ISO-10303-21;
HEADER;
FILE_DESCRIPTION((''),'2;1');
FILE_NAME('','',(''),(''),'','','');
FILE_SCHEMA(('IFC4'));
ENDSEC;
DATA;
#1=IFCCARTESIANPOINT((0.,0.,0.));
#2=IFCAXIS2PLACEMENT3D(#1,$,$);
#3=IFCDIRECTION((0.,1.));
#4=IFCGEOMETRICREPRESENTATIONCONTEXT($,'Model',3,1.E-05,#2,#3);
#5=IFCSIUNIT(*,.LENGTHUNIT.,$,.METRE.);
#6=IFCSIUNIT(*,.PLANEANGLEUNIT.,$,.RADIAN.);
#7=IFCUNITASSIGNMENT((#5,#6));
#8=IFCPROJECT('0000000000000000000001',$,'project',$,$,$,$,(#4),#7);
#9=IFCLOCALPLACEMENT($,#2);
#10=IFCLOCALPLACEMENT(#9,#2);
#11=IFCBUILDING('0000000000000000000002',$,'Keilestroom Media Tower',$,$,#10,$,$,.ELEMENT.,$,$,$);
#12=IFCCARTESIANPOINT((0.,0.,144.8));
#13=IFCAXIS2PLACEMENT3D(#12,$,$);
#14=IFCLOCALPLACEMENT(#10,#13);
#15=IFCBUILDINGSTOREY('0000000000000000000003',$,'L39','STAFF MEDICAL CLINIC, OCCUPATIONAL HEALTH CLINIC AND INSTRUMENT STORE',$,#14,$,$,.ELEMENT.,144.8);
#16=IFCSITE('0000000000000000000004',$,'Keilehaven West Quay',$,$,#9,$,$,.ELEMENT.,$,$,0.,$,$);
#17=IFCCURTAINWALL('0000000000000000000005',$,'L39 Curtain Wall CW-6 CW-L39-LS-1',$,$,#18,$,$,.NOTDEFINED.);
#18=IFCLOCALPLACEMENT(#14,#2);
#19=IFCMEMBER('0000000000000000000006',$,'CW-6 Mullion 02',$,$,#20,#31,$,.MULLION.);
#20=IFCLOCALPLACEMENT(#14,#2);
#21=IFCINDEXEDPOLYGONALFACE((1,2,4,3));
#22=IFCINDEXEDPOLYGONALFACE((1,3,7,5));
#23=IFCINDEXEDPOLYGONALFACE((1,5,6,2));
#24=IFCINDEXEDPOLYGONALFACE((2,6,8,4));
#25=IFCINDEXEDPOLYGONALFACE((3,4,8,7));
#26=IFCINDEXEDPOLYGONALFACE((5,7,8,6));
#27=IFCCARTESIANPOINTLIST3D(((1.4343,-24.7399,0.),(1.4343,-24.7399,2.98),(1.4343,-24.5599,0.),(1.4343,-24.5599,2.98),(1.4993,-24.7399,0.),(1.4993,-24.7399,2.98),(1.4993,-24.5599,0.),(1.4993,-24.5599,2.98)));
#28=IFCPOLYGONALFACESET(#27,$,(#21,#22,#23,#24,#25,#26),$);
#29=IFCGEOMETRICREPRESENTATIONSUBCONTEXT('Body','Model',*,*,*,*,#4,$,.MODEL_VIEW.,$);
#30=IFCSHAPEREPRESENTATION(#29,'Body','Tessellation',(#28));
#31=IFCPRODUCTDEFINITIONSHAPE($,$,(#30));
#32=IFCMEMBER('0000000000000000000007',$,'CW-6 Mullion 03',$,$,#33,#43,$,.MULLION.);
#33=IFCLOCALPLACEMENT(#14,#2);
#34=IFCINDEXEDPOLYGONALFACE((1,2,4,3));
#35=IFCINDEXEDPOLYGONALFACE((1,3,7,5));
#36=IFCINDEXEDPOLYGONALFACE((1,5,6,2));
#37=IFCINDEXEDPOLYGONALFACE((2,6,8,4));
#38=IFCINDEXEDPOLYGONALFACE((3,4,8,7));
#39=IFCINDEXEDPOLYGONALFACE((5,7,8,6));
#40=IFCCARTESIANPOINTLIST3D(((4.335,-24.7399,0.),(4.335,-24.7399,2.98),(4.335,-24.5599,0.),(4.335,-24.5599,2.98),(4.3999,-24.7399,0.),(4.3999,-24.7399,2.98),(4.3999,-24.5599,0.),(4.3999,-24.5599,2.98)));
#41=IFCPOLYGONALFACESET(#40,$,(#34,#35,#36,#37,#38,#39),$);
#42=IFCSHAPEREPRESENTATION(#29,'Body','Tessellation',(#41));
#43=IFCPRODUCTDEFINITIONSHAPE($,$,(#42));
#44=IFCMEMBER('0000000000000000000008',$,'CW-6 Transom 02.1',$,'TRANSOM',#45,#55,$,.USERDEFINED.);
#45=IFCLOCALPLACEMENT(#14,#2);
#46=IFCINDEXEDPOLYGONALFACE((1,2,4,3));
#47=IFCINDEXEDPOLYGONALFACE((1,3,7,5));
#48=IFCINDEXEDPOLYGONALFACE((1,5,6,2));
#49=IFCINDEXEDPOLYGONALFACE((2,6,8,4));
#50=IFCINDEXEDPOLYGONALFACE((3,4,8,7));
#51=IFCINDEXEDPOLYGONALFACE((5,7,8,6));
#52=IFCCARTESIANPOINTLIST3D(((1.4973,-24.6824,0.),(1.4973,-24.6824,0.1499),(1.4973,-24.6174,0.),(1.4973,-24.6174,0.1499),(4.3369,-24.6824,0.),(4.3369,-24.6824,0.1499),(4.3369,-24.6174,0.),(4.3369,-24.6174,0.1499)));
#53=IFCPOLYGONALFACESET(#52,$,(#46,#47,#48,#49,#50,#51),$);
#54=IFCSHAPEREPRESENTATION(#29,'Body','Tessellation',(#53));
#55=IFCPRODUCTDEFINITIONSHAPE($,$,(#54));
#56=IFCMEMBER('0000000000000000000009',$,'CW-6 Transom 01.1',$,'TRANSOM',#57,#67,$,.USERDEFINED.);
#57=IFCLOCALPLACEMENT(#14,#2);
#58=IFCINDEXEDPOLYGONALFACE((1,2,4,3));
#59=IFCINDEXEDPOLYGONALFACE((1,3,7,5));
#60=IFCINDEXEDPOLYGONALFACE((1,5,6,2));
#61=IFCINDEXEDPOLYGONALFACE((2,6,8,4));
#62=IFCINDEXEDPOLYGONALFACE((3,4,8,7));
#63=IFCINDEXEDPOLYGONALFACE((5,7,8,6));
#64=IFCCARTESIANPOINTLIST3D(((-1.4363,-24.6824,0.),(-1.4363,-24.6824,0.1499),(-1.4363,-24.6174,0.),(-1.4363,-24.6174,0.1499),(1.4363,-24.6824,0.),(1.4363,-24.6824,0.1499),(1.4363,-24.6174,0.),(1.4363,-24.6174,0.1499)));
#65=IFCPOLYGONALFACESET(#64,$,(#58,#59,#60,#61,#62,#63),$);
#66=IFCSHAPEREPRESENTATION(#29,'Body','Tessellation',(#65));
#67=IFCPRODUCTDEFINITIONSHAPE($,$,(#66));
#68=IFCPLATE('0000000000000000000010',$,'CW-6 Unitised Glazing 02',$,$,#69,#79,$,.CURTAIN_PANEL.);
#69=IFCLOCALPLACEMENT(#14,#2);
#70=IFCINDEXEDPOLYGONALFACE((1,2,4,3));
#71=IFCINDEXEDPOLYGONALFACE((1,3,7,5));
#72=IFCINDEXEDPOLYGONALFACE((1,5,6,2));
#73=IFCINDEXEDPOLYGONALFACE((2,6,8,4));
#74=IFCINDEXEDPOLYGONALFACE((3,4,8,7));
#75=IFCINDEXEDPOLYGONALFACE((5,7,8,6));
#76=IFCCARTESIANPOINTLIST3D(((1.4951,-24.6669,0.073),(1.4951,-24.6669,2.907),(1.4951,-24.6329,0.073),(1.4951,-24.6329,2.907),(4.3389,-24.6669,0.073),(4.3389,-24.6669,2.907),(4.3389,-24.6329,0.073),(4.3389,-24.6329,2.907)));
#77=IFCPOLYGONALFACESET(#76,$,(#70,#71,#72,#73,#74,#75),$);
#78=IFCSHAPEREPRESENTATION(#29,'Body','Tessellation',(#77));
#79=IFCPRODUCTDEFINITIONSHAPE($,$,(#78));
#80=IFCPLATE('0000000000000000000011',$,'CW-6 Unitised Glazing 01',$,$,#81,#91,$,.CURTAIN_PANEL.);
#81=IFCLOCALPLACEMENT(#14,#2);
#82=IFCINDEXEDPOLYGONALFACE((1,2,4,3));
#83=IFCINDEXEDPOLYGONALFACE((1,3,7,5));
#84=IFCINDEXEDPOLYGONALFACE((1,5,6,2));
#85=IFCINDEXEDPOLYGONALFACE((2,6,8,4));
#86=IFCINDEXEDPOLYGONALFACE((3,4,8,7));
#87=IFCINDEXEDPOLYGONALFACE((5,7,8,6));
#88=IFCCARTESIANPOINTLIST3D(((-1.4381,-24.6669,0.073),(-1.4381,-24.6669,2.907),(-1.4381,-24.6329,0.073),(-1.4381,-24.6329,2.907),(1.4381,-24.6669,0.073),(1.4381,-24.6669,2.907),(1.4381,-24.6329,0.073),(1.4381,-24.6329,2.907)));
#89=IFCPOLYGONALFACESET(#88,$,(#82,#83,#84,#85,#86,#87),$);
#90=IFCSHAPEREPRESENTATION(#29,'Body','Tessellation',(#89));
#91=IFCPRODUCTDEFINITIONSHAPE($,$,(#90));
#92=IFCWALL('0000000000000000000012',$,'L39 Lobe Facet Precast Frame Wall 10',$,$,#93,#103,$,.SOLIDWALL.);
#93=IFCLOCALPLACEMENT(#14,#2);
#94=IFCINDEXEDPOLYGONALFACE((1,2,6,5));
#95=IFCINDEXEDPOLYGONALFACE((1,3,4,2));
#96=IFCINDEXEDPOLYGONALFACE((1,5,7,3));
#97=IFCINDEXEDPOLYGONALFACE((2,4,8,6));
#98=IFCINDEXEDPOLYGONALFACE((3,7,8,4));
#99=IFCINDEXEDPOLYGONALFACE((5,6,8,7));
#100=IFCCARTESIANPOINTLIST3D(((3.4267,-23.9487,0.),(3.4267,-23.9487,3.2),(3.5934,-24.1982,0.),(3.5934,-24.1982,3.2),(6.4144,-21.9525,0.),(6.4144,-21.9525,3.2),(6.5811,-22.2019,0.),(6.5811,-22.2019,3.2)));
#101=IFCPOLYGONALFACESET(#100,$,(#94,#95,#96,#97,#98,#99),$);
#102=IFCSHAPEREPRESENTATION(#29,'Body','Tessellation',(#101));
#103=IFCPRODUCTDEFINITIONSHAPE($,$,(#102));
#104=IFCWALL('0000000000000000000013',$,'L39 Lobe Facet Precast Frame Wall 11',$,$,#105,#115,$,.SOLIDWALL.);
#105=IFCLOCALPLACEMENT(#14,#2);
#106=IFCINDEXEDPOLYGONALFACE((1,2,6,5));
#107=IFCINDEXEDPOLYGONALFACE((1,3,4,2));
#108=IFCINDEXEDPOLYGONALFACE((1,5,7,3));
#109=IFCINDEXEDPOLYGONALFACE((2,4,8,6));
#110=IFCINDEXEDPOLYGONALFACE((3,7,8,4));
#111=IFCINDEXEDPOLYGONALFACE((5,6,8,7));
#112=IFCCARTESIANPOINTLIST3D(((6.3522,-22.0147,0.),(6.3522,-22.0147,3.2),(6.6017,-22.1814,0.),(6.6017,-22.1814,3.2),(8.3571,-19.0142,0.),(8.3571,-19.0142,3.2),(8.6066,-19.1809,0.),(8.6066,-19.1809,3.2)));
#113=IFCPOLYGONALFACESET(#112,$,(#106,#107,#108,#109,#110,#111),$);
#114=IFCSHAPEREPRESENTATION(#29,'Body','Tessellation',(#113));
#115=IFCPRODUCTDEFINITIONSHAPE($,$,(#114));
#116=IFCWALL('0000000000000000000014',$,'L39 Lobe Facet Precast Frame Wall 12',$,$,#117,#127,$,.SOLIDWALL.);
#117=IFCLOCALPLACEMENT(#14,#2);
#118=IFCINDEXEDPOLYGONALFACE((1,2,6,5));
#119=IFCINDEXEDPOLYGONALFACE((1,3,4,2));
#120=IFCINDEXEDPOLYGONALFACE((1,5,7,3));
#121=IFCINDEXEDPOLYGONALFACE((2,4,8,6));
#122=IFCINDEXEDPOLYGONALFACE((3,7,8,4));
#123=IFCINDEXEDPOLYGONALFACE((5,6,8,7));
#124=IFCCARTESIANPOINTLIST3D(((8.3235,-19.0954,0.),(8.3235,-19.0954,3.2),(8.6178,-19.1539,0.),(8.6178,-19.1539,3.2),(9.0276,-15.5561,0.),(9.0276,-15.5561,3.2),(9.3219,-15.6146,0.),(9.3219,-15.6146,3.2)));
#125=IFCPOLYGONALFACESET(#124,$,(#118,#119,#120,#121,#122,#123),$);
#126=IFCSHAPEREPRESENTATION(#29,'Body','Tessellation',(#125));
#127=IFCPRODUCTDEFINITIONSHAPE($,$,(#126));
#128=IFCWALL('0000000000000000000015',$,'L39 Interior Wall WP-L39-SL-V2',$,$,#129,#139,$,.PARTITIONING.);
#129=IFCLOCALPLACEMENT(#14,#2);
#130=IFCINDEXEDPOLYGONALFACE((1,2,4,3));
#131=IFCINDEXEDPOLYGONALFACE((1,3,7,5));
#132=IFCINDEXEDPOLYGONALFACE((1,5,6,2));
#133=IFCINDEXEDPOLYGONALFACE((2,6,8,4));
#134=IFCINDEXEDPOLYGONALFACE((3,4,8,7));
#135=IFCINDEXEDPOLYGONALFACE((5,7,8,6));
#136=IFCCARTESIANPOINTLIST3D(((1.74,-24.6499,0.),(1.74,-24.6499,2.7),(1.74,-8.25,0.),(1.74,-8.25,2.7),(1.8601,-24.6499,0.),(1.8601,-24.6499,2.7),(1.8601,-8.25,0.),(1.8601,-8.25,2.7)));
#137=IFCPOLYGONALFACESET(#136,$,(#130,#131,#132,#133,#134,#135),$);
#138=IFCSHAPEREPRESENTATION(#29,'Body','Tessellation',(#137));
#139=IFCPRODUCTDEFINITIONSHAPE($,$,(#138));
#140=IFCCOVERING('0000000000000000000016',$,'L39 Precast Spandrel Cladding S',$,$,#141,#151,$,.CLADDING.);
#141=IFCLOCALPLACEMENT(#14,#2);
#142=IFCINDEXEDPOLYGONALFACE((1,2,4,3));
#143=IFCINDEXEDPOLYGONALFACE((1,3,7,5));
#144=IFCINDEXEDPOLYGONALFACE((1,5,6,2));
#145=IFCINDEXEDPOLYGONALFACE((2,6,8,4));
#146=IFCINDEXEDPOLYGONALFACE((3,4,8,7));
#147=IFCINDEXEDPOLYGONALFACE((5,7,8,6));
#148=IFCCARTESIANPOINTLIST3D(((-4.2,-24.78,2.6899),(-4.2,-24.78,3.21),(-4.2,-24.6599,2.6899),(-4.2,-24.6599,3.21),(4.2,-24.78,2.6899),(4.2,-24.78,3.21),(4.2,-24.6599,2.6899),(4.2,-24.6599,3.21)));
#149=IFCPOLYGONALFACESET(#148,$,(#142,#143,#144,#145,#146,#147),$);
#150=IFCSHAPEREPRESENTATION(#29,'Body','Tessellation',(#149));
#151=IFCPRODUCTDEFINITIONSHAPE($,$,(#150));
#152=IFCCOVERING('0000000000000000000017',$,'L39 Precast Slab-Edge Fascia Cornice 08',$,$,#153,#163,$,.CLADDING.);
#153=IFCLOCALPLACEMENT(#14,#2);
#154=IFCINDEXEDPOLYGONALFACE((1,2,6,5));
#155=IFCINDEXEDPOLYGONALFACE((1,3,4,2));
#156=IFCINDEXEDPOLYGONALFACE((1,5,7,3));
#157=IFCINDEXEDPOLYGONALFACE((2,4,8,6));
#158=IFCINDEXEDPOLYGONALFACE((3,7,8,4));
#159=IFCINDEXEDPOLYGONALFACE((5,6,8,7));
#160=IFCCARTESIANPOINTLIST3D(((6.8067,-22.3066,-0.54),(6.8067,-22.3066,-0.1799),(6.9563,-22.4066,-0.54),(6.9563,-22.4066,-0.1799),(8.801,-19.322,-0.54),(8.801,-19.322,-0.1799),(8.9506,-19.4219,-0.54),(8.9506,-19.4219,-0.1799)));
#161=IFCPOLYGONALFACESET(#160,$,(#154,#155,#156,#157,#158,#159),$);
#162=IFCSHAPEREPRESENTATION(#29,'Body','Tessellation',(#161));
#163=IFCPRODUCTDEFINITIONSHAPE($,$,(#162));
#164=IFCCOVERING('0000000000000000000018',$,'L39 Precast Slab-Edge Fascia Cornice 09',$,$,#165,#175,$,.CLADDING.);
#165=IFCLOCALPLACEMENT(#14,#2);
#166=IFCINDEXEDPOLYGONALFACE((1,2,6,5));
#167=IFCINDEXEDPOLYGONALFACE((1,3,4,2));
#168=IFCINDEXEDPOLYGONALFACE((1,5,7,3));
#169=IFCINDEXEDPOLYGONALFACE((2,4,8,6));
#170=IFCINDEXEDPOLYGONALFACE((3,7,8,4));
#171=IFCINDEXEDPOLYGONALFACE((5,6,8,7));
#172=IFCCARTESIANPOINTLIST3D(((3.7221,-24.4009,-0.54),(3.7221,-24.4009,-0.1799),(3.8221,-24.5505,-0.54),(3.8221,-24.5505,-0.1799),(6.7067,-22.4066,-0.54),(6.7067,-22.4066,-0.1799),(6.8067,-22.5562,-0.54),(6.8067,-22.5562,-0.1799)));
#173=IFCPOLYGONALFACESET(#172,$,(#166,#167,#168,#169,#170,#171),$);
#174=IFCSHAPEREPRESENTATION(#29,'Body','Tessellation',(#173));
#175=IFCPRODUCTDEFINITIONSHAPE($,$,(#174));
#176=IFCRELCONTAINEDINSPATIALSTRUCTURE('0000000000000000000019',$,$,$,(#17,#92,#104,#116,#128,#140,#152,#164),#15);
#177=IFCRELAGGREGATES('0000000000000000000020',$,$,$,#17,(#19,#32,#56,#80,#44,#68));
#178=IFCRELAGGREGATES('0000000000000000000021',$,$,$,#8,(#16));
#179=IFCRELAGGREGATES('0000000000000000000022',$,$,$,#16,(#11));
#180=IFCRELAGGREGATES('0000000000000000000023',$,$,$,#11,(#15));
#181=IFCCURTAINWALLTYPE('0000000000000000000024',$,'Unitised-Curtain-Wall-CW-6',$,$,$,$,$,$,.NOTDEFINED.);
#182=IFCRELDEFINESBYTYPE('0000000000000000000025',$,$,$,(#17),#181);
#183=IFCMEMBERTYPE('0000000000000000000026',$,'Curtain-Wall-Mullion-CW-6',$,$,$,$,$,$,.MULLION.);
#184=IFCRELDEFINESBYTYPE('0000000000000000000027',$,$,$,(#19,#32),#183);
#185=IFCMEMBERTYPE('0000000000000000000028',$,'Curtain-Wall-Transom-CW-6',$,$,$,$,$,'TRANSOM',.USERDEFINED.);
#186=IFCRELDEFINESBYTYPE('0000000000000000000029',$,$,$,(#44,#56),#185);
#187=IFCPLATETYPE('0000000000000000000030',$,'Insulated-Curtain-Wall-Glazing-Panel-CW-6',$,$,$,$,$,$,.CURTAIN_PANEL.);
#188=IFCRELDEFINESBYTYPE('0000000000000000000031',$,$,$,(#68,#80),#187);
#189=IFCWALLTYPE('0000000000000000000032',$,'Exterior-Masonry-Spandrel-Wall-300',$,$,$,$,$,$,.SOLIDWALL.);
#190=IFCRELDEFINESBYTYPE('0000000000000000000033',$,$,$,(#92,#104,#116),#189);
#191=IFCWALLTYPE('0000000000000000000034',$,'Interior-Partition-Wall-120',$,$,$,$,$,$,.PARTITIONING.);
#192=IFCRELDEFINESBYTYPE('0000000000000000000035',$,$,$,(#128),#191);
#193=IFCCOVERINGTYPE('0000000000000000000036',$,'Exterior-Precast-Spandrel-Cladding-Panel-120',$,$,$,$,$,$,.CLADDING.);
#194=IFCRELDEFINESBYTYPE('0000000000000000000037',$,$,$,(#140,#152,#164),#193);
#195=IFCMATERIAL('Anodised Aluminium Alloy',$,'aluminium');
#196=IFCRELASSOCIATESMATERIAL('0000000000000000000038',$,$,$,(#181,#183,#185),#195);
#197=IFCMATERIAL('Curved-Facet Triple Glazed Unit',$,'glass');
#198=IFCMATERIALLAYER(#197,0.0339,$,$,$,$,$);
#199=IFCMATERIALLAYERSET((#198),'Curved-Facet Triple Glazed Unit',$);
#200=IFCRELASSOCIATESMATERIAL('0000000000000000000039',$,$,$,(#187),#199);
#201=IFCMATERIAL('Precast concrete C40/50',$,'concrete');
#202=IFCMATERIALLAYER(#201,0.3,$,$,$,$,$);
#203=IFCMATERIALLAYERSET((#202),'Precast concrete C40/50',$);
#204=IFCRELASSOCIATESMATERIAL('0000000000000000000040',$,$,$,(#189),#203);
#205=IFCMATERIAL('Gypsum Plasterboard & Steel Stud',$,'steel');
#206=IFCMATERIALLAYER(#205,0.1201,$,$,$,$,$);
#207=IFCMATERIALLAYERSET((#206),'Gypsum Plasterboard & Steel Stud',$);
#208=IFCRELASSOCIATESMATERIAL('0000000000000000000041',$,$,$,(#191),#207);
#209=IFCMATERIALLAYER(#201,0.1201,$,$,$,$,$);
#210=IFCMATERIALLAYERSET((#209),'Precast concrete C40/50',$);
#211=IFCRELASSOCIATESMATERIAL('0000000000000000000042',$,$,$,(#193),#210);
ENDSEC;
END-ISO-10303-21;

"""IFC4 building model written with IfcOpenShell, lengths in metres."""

from ifc_helpers import new_model, si_unit, direction, frame, frame_2d, origin, origin_2d, place, context, subcontext, project, spatial, rectangle, extrude, source, transform, mapped, material, layer, layer_set, material_profile, profile_set, type_object, element, aggregate, save


model = new_model("IFC4")

# Units and contexts
model_context = context("Model", 3, precision=1e-05, world=origin(), true_north=direction((0.0, 1.0)))
body_context = subcontext(model_context, "Body", "Model", "MODEL_VIEW")
ifc_project = project(units=[si_unit("LENGTHUNIT", "METRE"), si_unit("PLANEANGLEUNIT", "RADIAN")], contexts=[model_context])

# Site, building, storey
site_placement = place(None, origin())
site = spatial("IfcSite", under=ifc_project, at=site_placement, Name="Keilehaven West Quay", CompositionType="ELEMENT", RefElevation=0.0)
building_placement = place(site_placement, origin())
building = spatial("IfcBuilding", under=site, at=building_placement, Name="Keilestroom Media Tower", CompositionType="ELEMENT")
storey_placement = place(building_placement, frame((0.0, 0.0, 144.8)))
storey = spatial("IfcBuildingStorey", under=building, at=storey_placement, Name="L39", Description="STAFF MEDICAL CLINIC, OCCUPATIONAL HEALTH CLINIC AND INSTRUMENT STORE", CompositionType="ELEMENT", Elevation=144.8)

# Curtain wall, members, plates
ifc_material_1 = material(Name="Anodised Aluminium Alloy", Category="aluminium")
curtain_wall_type = type_object("IfcCurtainWallType", Name="Unitised-Curtain-Wall-CW-6", PredefinedType="NOTDEFINED", material=ifc_material_1)
curtain_wall_placement = place(storey_placement, origin())
curtain_wall = element("IfcCurtainWall", 1, at=curtain_wall_placement, inside=storey, type_object=curtain_wall_type, Name="L39 Curtain Wall CW-6 CW-L39-LS-1", PredefinedType="NOTDEFINED")
ifc_material_profile_1 = material_profile(ifc_material_1, rectangle(XDim=0.0649, YDim=0.1799, at=origin_2d()), Name="ALU MULLION 65x180")
ifc_profile_set_1 = profile_set([ifc_material_profile_1], Name="Anodised Aluminium Alloy")
member_type_1 = type_object("IfcMemberType", Name="Curtain-Wall-Mullion-CW-6", PredefinedType="MULLION", material=ifc_profile_set_1)
shared_shape_1 = source(origin(), body_context, "Body", "SweptSolid", [
    extrude(rectangle(XDim=0.0649, YDim=0.1799, at=origin_2d()), origin(), (0.0, 0.0, 1.0), 2.98),
])
member_1_placement = place(storey_placement, frame((1.4668, -24.6499, 0.0), z_axis=(0.0, 0.0, 1.0), x_axis=(1.0, 0.0, 0.0)))
member_1 = element("IfcMember", 2, at=member_1_placement, type_object=member_type_1, Name="CW-6 Mullion 02", PredefinedType="MULLION", context=body_context, shape_type="MappedRepresentation", body=[
    mapped(shared_shape_1, transform((0.0, 0.0, 0.0), x_axis=(1.0, 0.0, 0.0), y_axis=(0.0, 1.0, 0.0), z_axis=(0.0, 0.0, 1.0), scale=1.0)),
])
member_2_placement = place(storey_placement, frame((4.3674, -24.6499, 0.0), z_axis=(0.0, 0.0, 1.0), x_axis=(1.0, 0.0, 0.0)))
member_2 = element("IfcMember", 3, at=member_2_placement, type_object=member_type_1, Name="CW-6 Mullion 03", PredefinedType="MULLION", context=body_context, shape_type="MappedRepresentation", body=[
    mapped(shared_shape_1, transform((0.0, 0.0, 0.0), x_axis=(1.0, 0.0, 0.0), y_axis=(0.0, 1.0, 0.0), z_axis=(0.0, 0.0, 1.0), scale=1.0)),
])
ifc_material_profile_2 = material_profile(ifc_material_1, rectangle(XDim=0.0649, YDim=0.1499, at=origin_2d()), Name="ALU TRANSOM 65x150")
ifc_profile_set_2 = profile_set([ifc_material_profile_2], Name="Anodised Aluminium Alloy")
member_type_2 = type_object("IfcMemberType", Name="Curtain-Wall-Transom-CW-6", ElementType="TRANSOM", PredefinedType="USERDEFINED", material=ifc_profile_set_2)
shared_shape_2 = source(origin(), body_context, "Body", "SweptSolid", [
    extrude(rectangle(XDim=0.0649, YDim=0.1499, at=origin_2d()), origin(), (0.0, 0.0, 1.0), 2.8396),
])
member_3_placement = place(storey_placement, frame((1.4973, -24.6499, 0.075), z_axis=(1.0, 0.0, 0.0), x_axis=(0.0, 1.0, 0.0)))
member_3 = element("IfcMember", 4, at=member_3_placement, type_object=member_type_2, Name="CW-6 Transom 02.1", ObjectType="TRANSOM", PredefinedType="USERDEFINED", context=body_context, shape_type="MappedRepresentation", body=[
    mapped(shared_shape_2, transform((0.0, 0.0, 0.0), x_axis=(1.0, 0.0, 0.0), y_axis=(0.0, 1.0, 0.0), z_axis=(0.0, 0.0, 1.0), scale=1.0)),
])
shared_shape_3 = source(origin(), body_context, "Body", "SweptSolid", [
    extrude(rectangle(XDim=0.0649, YDim=0.1499, at=origin_2d()), origin(), (0.0, 0.0, 1.0), 2.8726),
])
member_4_placement = place(storey_placement, frame((-1.4363, -24.6499, 0.075), z_axis=(1.0, 0.0, 0.0), x_axis=(0.0, 1.0, 0.0)))
member_4 = element("IfcMember", 5, at=member_4_placement, type_object=member_type_2, Name="CW-6 Transom 01.1", ObjectType="TRANSOM", PredefinedType="USERDEFINED", context=body_context, shape_type="MappedRepresentation", body=[
    mapped(shared_shape_3, transform((0.0, 0.0, 0.0), x_axis=(1.0, 0.0, 0.0), y_axis=(0.0, 1.0, 0.0), z_axis=(0.0, 0.0, 1.0), scale=1.0)),
])
ifc_material_2 = material(Name="Curved-Facet Triple Glazed Unit", Category="glass")
ifc_layer_1 = layer(ifc_material_2, 0.0339)
ifc_layer_set_1 = layer_set([ifc_layer_1], Name="Curved-Facet Triple Glazed Unit")
plate_type = type_object("IfcPlateType", Name="Insulated-Curtain-Wall-Glazing-Panel-CW-6", PredefinedType="CURTAIN_PANEL", material=ifc_layer_set_1)
shared_shape_4 = source(origin(), body_context, "Body", "SweptSolid", [
    extrude(rectangle(XDim=2.8438, YDim=0.0339, at=origin_2d()), origin(), (0.0, 0.0, 1.0), 2.834),
])
plate_1_placement = place(storey_placement, frame((2.917, -24.6499, 0.073), z_axis=(0.0, 0.0, 1.0), x_axis=(1.0, 0.0, 0.0)))
plate_1 = element("IfcPlate", 6, at=plate_1_placement, type_object=plate_type, Name="CW-6 Unitised Glazing 02", PredefinedType="CURTAIN_PANEL", context=body_context, shape_type="MappedRepresentation", body=[
    mapped(shared_shape_4, transform((0.0, 0.0, 0.0), x_axis=(1.0, 0.0, 0.0), y_axis=(0.0, 1.0, 0.0), z_axis=(0.0, 0.0, 1.0), scale=1.0)),
])
shared_shape_5 = source(origin(), body_context, "Body", "SweptSolid", [
    extrude(rectangle(XDim=2.8762, YDim=0.0339, at=origin_2d()), origin(), (0.0, 0.0, 1.0), 2.834),
])
plate_2_placement = place(storey_placement, frame((0.0, -24.6499, 0.073), z_axis=(0.0, 0.0, 1.0), x_axis=(1.0, 0.0, 0.0)))
plate_2 = element("IfcPlate", 7, at=plate_2_placement, type_object=plate_type, Name="CW-6 Unitised Glazing 01", PredefinedType="CURTAIN_PANEL", context=body_context, shape_type="MappedRepresentation", body=[
    mapped(shared_shape_5, transform((0.0, 0.0, 0.0), x_axis=(1.0, 0.0, 0.0), y_axis=(0.0, 1.0, 0.0), z_axis=(0.0, 0.0, 1.0), scale=1.0)),
])
aggregate(curtain_wall, [member_1, member_2, member_4, plate_2, member_3, plate_1])

# Walls
ifc_material_3 = material(Name="Precast concrete C40/50", Category="concrete")
ifc_layer_2 = layer(ifc_material_3, 0.3)
ifc_layer_set_2 = layer_set([ifc_layer_2], Name="Precast concrete C40/50")
wall_type_1 = type_object("IfcWallType", Name="Exterior-Masonry-Spandrel-Wall-300", PredefinedType="SOLIDWALL", material=ifc_layer_set_2)
wall_1_placement = place(storey_placement, frame((3.51, -24.0735, 0.0), z_axis=(0.0, 0.0, 1.0), x_axis=(0.831475, 0.555562, 0.0)))
element("IfcWall", 8, at=wall_1_placement, inside=storey, type_object=wall_type_1, Name="L39 Lobe Facet Precast Frame Wall 10", PredefinedType="SOLIDWALL", context=body_context, shape_type="SweptSolid", body=[
    extrude(rectangle(XDim=3.5933, YDim=0.3, at=frame_2d((1.7966, 0.0))), origin(), (0.0, 0.0, 1.0), 3.2),
])
for number, where, z_axis, x_axis, name in (
    (9, (6.4771, -22.0979, 0.0), (0.0, 0.0, 1.0), (0.555574, 0.831467, 0.0), "L39 Lobe Facet Precast Frame Wall 11"),
    (10, (8.4707, -19.1245, 0.0), (0.0, 0.0, 1.0), (0.195114, 0.980781, 0.0), "L39 Lobe Facet Precast Frame Wall 12"),
):
    element("IfcWall", number, at=place(storey_placement, frame(where, z_axis=z_axis, x_axis=x_axis)), inside=storey, type_object=wall_type_1, Name=name, PredefinedType="SOLIDWALL", context=body_context, shape_type="SweptSolid", body=[
        extrude(rectangle(XDim=3.6086, YDim=0.3, at=frame_2d((1.8042, 0.0))), origin(), (0.0, 0.0, 1.0), 3.2),
    ])
ifc_material_4 = material(Name="Gypsum Plasterboard & Steel Stud", Category="steel")
ifc_layer_3 = layer(ifc_material_4, 0.1201)
ifc_layer_set_3 = layer_set([ifc_layer_3], Name="Gypsum Plasterboard & Steel Stud")
wall_type_2 = type_object("IfcWallType", Name="Interior-Partition-Wall-120", PredefinedType="PARTITIONING", material=ifc_layer_set_3)
wall_2_placement = place(storey_placement, frame((1.8, -24.6499, 0.0), z_axis=(0.0, 0.0, 1.0), x_axis=(0.0, 1.0, 0.0)))
element("IfcWall", 11, at=wall_2_placement, inside=storey, type_object=wall_type_2, Name="L39 Interior Wall WP-L39-SL-V2", PredefinedType="PARTITIONING", context=body_context, shape_type="SweptSolid", body=[
    extrude(rectangle(XDim=16.3999, YDim=0.1201, at=frame_2d((8.2, 0.0))), origin(), (0.0, 0.0, 1.0), 2.7),
])

# Coverings
ifc_layer_4 = layer(ifc_material_3, 0.1201)
ifc_layer_set_4 = layer_set([ifc_layer_4], Name="Precast concrete C40/50")
covering_type = type_object("IfcCoveringType", Name="Exterior-Precast-Spandrel-Cladding-Panel-120", PredefinedType="CLADDING", material=ifc_layer_set_4)
shared_shape_6 = source(origin(), body_context, "Body", "SweptSolid", [
    extrude(rectangle(XDim=8.3999, YDim=0.1201, at=origin_2d()), origin(), (0.0, 0.0, 1.0), 0.52),
])
covering_placement = place(storey_placement, frame((0.0, -24.72, 2.6899), z_axis=(0.0, 0.0, 1.0), x_axis=(1.0, 0.0, 0.0)))
element("IfcCovering", 12, at=covering_placement, inside=storey, type_object=covering_type, Name="L39 Precast Spandrel Cladding S", PredefinedType="CLADDING", context=body_context, shape_type="MappedRepresentation", body=[
    mapped(shared_shape_6, transform((0.0, 0.0, 0.0), x_axis=(1.0, 0.0, 0.0), y_axis=(0.0, 1.0, 0.0), z_axis=(0.0, 0.0, 1.0), scale=1.0)),
])
shared_shape_7 = source(origin(), body_context, "Body", "SweptSolid", [
    extrude(rectangle(XDim=3.5896, YDim=0.1799, at=origin_2d()), origin(), (0.0, 0.0, 1.0), 0.3601),
])
for number, where, z_axis, x_axis, name in (
    (13, (7.8787, -20.8643, -0.54), (0.0, 0.0, 1.0), (-0.555575, -0.831467, 0.0), "L39 Precast Slab-Edge Fascia Cornice 08"),
    (14, (5.2644, -23.4785, -0.54), (0.0, 0.0, 1.0), (-0.831467, -0.555575, 0.0), "L39 Precast Slab-Edge Fascia Cornice 09"),
):
    element("IfcCovering", number, at=place(storey_placement, frame(where, z_axis=z_axis, x_axis=x_axis)), inside=storey, type_object=covering_type, Name=name, PredefinedType="CLADDING", context=body_context, shape_type="MappedRepresentation", body=[
        mapped(shared_shape_7, transform((0.0, 0.0, 0.0), x_axis=(1.0, 0.0, 0.0), y_axis=(0.0, 1.0, 0.0), z_axis=(0.0, 0.0, 1.0), scale=1.0)),
    ])

save(model, "model.ifc")
